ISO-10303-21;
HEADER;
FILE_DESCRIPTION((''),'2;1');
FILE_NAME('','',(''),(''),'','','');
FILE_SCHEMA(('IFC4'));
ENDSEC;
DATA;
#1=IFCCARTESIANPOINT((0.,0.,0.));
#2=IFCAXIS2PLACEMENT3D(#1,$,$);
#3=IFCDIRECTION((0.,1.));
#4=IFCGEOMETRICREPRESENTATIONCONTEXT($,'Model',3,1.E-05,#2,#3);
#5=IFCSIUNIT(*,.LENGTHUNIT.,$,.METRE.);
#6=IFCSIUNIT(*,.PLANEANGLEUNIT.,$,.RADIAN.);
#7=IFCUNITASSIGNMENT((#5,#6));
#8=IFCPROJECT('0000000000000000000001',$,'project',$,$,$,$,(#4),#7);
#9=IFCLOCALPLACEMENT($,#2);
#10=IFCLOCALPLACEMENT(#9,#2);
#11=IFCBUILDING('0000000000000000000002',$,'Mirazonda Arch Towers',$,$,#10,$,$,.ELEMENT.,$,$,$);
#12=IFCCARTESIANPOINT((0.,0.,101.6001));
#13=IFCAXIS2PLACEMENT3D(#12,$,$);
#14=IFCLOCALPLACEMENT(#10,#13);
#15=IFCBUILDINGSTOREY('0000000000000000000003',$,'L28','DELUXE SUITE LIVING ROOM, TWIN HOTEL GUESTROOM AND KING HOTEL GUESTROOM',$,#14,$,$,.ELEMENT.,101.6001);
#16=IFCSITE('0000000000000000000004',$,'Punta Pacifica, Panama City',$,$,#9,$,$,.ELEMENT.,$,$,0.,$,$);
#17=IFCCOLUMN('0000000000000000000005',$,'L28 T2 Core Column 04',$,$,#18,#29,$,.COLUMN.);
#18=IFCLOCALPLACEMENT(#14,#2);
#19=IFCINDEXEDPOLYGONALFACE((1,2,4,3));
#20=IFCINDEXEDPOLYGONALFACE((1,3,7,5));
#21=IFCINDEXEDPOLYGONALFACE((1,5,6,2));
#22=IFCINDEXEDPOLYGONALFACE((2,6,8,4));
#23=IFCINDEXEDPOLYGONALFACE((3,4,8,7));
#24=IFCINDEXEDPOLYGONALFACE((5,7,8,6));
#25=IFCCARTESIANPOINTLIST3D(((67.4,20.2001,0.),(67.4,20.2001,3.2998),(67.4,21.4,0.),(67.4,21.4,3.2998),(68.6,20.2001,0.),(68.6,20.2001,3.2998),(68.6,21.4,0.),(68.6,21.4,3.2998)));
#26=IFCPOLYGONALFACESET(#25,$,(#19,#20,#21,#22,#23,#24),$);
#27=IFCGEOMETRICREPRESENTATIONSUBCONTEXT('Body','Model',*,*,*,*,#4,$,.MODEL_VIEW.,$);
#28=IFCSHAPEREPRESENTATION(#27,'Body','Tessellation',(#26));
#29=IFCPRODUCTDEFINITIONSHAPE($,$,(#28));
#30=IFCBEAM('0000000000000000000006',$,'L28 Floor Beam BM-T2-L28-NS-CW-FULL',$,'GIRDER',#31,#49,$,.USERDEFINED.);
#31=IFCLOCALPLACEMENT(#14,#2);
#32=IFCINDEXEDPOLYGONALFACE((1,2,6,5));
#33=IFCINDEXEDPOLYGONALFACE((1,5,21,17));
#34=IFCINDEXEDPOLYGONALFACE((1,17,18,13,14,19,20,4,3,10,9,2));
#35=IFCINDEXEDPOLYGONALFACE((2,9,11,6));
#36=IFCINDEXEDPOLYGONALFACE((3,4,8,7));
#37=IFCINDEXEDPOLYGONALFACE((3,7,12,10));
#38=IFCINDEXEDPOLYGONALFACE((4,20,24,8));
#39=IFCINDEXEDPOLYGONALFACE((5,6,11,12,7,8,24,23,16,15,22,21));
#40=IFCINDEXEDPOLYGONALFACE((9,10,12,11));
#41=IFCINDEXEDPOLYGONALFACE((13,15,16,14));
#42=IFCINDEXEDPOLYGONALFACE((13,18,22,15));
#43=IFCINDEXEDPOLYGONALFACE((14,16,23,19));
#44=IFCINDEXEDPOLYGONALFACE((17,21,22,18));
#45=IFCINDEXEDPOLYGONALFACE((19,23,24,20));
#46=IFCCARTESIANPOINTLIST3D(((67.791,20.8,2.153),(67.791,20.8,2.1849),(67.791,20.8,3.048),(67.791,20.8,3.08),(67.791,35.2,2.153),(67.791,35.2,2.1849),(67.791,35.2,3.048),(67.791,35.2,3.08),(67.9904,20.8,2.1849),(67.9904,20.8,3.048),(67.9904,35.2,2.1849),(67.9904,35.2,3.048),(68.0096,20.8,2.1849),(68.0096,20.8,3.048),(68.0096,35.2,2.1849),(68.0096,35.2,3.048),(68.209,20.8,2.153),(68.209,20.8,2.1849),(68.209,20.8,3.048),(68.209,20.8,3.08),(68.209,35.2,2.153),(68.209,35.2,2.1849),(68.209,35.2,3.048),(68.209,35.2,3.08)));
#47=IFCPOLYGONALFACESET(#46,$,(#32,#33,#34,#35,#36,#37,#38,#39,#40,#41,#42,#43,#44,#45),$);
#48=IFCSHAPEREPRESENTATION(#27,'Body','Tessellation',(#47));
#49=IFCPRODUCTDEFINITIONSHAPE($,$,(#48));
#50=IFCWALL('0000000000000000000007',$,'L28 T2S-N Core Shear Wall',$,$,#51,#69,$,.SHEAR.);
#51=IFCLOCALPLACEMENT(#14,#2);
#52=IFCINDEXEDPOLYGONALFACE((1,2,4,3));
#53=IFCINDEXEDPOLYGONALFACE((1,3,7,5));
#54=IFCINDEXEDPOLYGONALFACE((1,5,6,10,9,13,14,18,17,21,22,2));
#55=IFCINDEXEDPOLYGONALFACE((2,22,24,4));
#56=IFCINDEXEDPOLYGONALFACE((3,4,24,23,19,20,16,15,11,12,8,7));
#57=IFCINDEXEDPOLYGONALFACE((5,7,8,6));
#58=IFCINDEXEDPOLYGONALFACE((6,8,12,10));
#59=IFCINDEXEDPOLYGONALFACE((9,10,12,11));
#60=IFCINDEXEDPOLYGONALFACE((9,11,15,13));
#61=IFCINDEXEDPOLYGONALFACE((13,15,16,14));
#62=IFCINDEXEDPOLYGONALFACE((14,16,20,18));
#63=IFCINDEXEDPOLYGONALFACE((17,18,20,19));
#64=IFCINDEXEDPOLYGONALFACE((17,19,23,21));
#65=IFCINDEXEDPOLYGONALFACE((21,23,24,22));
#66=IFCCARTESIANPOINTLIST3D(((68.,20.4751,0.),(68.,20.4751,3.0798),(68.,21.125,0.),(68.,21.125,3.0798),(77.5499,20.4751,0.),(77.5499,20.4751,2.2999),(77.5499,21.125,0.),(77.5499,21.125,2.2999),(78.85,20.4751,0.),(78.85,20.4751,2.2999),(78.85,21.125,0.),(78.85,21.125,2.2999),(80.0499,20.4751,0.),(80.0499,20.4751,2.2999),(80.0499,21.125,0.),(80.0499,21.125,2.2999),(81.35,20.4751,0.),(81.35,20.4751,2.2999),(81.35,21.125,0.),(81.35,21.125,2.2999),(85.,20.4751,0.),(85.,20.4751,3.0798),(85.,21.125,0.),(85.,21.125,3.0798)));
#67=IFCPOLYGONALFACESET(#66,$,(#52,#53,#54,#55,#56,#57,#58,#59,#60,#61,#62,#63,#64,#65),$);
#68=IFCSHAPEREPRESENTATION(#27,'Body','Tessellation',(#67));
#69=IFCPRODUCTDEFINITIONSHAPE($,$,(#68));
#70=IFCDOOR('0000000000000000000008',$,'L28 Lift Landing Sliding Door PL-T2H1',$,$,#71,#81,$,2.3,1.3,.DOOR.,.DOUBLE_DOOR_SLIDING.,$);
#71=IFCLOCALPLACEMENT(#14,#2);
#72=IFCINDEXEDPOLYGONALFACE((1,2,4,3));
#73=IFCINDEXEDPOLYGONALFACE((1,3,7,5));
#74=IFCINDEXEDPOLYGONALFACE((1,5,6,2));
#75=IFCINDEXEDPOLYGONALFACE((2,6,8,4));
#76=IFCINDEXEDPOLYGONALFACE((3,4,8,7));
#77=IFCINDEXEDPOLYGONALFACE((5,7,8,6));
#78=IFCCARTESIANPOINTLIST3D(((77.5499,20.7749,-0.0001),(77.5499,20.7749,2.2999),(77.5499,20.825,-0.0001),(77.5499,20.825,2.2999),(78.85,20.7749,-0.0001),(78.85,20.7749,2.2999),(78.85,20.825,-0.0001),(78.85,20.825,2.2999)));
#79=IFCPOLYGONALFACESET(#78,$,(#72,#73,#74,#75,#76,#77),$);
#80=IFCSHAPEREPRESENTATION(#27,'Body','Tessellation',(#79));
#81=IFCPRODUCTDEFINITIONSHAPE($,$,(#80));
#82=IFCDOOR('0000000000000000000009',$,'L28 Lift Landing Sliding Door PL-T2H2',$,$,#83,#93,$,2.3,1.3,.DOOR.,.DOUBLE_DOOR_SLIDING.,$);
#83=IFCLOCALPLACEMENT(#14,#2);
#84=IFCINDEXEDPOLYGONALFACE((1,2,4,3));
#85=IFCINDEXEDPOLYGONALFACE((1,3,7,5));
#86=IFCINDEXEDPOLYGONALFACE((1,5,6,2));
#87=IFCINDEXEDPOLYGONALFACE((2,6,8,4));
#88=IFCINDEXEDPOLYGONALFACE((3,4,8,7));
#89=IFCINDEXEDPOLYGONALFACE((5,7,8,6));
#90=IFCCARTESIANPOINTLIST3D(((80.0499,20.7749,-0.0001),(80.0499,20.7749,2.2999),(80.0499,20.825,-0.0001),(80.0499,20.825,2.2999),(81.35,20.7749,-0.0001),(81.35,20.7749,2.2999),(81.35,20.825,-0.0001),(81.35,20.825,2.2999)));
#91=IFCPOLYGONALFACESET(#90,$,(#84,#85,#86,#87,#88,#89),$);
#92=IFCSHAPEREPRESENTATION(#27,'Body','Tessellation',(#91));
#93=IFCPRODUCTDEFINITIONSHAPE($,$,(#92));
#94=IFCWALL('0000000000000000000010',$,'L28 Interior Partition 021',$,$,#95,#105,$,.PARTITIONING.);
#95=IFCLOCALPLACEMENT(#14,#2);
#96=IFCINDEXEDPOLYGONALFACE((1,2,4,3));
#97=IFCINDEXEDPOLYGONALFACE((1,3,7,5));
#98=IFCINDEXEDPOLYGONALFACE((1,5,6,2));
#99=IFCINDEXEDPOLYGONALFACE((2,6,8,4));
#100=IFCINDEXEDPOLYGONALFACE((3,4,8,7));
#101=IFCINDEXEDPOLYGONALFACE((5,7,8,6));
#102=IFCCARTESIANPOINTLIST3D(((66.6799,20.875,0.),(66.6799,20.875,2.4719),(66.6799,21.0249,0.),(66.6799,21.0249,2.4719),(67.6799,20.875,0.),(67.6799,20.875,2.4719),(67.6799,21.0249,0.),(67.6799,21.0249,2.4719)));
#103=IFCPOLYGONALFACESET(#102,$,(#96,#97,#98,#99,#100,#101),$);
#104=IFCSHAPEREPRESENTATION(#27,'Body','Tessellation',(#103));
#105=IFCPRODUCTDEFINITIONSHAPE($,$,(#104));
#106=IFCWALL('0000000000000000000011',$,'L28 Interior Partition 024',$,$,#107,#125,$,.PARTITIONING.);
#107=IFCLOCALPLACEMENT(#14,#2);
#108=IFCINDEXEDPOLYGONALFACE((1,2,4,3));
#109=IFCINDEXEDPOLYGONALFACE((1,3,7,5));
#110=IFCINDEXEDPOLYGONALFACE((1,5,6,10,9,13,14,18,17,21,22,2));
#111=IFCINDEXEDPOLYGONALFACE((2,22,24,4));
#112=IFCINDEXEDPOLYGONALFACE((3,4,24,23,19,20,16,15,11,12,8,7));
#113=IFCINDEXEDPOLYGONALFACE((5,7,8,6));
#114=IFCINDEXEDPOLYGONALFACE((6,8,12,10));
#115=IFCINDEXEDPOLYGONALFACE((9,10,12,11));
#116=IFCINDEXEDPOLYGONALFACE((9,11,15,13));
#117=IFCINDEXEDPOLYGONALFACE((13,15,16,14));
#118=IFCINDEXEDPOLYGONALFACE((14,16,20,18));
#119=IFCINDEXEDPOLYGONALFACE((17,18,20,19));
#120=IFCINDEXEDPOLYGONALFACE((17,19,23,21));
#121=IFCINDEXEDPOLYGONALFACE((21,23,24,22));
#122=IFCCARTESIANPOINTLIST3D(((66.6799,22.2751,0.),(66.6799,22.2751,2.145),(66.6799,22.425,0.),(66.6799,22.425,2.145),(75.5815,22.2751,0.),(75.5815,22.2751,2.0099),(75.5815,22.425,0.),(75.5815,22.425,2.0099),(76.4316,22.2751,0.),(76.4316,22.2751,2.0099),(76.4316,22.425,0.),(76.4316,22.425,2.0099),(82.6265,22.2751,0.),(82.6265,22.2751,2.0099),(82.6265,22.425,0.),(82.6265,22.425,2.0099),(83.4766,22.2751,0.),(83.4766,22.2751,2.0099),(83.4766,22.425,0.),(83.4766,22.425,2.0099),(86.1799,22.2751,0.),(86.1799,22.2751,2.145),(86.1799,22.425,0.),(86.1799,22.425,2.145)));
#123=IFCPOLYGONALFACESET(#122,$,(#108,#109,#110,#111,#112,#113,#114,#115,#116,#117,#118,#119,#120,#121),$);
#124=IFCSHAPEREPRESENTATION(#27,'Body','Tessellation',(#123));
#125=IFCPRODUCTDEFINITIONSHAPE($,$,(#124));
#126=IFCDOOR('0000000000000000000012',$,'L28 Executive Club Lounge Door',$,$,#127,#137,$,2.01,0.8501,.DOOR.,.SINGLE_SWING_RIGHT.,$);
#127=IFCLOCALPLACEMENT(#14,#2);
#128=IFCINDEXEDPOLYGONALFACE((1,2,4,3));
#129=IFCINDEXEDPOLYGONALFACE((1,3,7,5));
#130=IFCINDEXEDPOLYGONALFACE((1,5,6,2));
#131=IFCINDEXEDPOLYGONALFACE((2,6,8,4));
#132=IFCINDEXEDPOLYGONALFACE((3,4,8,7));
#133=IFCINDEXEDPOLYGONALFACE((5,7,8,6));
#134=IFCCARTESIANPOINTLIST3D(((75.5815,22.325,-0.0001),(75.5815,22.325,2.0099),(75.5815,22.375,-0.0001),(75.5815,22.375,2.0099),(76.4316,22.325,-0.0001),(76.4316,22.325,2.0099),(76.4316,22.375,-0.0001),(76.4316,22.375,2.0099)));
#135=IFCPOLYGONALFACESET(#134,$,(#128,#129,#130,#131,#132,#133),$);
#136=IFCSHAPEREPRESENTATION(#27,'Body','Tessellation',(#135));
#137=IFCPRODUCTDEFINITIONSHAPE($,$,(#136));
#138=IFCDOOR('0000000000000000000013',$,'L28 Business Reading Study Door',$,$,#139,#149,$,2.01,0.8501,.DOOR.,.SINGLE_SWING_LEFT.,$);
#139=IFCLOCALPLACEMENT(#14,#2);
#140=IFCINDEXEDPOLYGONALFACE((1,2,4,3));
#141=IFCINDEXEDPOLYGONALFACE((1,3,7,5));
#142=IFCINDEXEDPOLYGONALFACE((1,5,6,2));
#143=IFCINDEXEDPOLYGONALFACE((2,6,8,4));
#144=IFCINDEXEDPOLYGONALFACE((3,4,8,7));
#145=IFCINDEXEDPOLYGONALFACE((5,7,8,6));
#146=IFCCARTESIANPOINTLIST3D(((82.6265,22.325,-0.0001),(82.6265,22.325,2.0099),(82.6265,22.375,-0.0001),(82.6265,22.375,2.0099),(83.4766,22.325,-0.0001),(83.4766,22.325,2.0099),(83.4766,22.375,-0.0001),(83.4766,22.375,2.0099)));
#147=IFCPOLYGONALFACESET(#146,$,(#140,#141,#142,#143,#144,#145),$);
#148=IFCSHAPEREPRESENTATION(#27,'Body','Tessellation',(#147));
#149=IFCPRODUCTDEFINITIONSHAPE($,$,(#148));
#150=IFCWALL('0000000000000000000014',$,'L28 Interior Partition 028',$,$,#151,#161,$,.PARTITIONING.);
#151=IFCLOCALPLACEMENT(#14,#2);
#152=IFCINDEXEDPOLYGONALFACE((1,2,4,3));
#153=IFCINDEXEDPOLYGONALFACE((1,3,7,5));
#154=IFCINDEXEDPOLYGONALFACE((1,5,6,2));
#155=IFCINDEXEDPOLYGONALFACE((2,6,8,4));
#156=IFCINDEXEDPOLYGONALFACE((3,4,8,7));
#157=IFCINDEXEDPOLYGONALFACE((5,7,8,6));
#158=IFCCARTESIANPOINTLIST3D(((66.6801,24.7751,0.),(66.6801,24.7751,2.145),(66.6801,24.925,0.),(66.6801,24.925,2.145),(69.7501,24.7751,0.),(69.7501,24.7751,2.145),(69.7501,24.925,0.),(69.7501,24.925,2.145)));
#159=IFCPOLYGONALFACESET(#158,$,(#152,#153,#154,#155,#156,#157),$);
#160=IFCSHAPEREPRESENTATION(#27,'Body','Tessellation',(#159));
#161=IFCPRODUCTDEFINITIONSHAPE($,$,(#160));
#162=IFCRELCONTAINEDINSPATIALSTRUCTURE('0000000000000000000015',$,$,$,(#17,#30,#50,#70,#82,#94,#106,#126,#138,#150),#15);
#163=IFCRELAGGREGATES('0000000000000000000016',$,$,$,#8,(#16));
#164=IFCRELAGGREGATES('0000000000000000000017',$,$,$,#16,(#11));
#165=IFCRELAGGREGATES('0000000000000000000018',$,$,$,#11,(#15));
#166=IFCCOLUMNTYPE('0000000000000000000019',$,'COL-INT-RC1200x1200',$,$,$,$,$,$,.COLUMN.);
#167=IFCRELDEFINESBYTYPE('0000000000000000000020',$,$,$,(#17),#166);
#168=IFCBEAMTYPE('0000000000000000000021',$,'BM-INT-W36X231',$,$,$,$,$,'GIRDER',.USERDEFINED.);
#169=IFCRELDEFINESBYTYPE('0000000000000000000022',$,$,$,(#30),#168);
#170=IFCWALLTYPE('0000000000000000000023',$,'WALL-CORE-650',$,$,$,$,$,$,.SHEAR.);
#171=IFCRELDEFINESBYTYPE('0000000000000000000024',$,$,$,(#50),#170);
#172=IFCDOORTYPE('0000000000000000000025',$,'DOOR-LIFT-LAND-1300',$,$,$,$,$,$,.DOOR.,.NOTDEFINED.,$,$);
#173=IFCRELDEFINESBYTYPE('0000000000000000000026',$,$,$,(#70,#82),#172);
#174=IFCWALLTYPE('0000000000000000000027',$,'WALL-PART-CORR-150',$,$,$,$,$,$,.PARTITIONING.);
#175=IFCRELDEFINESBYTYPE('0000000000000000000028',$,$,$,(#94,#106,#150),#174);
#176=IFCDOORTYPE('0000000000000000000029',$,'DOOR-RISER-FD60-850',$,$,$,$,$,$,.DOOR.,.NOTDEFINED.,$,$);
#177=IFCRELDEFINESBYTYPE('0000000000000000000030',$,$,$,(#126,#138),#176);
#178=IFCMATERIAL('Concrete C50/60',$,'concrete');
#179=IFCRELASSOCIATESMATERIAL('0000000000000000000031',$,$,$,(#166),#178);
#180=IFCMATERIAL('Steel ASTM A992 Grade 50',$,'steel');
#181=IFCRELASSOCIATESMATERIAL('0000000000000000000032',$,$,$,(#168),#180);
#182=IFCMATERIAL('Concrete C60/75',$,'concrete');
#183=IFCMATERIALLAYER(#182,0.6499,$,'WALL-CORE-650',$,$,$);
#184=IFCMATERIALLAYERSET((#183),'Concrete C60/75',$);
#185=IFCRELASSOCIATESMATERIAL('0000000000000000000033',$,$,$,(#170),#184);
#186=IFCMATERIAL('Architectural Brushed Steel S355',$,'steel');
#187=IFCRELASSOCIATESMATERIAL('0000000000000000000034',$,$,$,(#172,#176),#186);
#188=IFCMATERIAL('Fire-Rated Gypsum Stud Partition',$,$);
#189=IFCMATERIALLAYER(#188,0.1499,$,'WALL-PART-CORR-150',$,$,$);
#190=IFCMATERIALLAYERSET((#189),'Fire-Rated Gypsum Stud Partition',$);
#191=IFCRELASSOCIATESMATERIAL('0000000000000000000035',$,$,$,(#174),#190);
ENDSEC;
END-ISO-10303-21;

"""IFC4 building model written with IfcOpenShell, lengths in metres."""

from ifc_helpers import new_model, si_unit, direction, frame, frame_2d, origin, origin_2d, place, context, subcontext, project, spatial, rectangle, i_section, extrude, material, layer, layer_set, material_profile, profile_set, type_object, element, fill, save


model = new_model("IFC4")

# Units and contexts
model_context = context("Model", 3, precision=1e-05, world=origin(), true_north=direction((0.0, 1.0)))
body_context = subcontext(model_context, "Body", "Model", "MODEL_VIEW")
ifc_project = project(units=[si_unit("LENGTHUNIT", "METRE"), si_unit("PLANEANGLEUNIT", "RADIAN")], contexts=[model_context])

# Site, building, storey
site_placement = place(None, origin())
site = spatial("IfcSite", under=ifc_project, at=site_placement, Name="Punta Pacifica, Panama City", CompositionType="ELEMENT", RefElevation=0.0)
building_placement = place(site_placement, origin())
building = spatial("IfcBuilding", under=site, at=building_placement, Name="Mirazonda Arch Towers", CompositionType="ELEMENT")
storey_placement = place(building_placement, frame((0.0, 0.0, 101.6001)))
storey = spatial("IfcBuildingStorey", under=building, at=storey_placement, Name="L28", Description="DELUXE SUITE LIVING ROOM, TWIN HOTEL GUESTROOM AND KING HOTEL GUESTROOM", CompositionType="ELEMENT", Elevation=101.6001)

# Column
ifc_material_1 = material(Name="Concrete C50/60", Category="concrete")
ifc_material_profile_1 = material_profile(ifc_material_1, rectangle(XDim=1.2, YDim=1.2, at=origin_2d()), Name="RC1200x1200")
ifc_profile_set_1 = profile_set([ifc_material_profile_1], Name="Concrete C50/60")
column_type = type_object("IfcColumnType", Name="COL-INT-RC1200x1200", PredefinedType="COLUMN", material=ifc_profile_set_1)
column_placement = place(storey_placement, frame((68.0, 20.8, 0.0), z_axis=(0.0, 0.0, 1.0), x_axis=(1.0, 0.0, 0.0)))
element("IfcColumn", 1, at=column_placement, inside=storey, type_object=column_type, Name="L28 T2 Core Column 04", PredefinedType="COLUMN", context=body_context, shape_type="SweptSolid", body=[
    extrude(rectangle(XDim=1.2, YDim=1.2, at=origin_2d()), origin(), (0.0, 0.0, 1.0), 3.2998),
])

# Beam
ifc_material_2 = material(Name="Steel ASTM A992 Grade 50", Category="steel")
ifc_material_profile_2 = material_profile(ifc_material_2, i_section(OverallWidth=0.418, OverallDepth=0.927, WebThickness=0.0193, FlangeThickness=0.032, at=origin_2d()), Name="W36X231")
ifc_profile_set_2 = profile_set([ifc_material_profile_2], Name="Steel ASTM A992 Grade 50")
beam_type = type_object("IfcBeamType", Name="BM-INT-W36X231", ElementType="GIRDER", PredefinedType="USERDEFINED", material=ifc_profile_set_2)
beam_placement = place(storey_placement, frame((68.0, 20.8, 2.6165), z_axis=(0.0, 1.0, 0.0), x_axis=(-1.0, 0.0, 0.0)))
element("IfcBeam", 2, at=beam_placement, inside=storey, type_object=beam_type, Name="L28 Floor Beam BM-T2-L28-NS-CW-FULL", ObjectType="GIRDER", PredefinedType="USERDEFINED", context=body_context, shape_type="SweptSolid", body=[
    extrude(i_section(OverallWidth=0.418, OverallDepth=0.927, WebThickness=0.0193, FlangeThickness=0.032, at=origin_2d()), origin(), (0.0, 0.0, 1.0), 14.3999),
])

# Wall, openings, doors
ifc_material_3 = material(Name="Concrete C60/75", Category="concrete")
ifc_layer_1 = layer(ifc_material_3, 0.6499, Name="WALL-CORE-650")
ifc_layer_set_1 = layer_set([ifc_layer_1], Name="Concrete C60/75")
wall_type_1 = type_object("IfcWallType", Name="WALL-CORE-650", PredefinedType="SHEAR", material=ifc_layer_set_1)
wall_1_placement = place(storey_placement, frame((68.0, 20.8, 0.0), z_axis=(0.0, 0.0, 1.0), x_axis=(1.0, 0.0, 0.0)))
wall_1 = element("IfcWall", 3, at=wall_1_placement, inside=storey, type_object=wall_type_1, Name="L28 T2S-N Core Shear Wall", PredefinedType="SHEAR", context=body_context, shape_type="SweptSolid", body=[
    extrude(rectangle(XDim=17.0, YDim=0.6499, at=frame_2d((8.5, 0.0))), origin(), (0.0, 0.0, 1.0), 3.0798),
])
opening_1_placement = place(wall_1_placement, frame((9.55, 0.0, 0.0)))
opening_1 = element("IfcOpeningElement", 4, at=opening_1_placement, cuts=wall_1, PredefinedType="OPENING", context=body_context, shape_type="SweptSolid", body=[
    extrude(rectangle(XDim=1.3, YDim=2.3, at=frame_2d((0.6499, 1.1499))), frame((0.0, 0.335, 0.0), z_axis=(0.0, -1.0, 0.0), x_axis=(1.0, 0.0, 0.0)), (0.0, 0.0, 1.0), 0.6699),
])
opening_2_placement = place(wall_1_placement, frame((12.05, 0.0, 0.0)))
opening_2 = element("IfcOpeningElement", 5, at=opening_2_placement, cuts=wall_1, PredefinedType="OPENING", context=body_context, shape_type="SweptSolid", body=[
    extrude(rectangle(XDim=1.3, YDim=2.3, at=frame_2d((0.6499, 1.1499))), frame((0.0, 0.335, 0.0), z_axis=(0.0, -1.0, 0.0), x_axis=(1.0, 0.0, 0.0)), (0.0, 0.0, 1.0), 0.6699),
])
ifc_material_4 = material(Name="Architectural Brushed Steel S355", Category="steel")
door_type_1 = type_object("IfcDoorType", Name="DOOR-LIFT-LAND-1300", OperationType="NOTDEFINED", PredefinedType="DOOR", material=ifc_material_4)
door_1_placement = place(opening_1_placement, origin())
door_1 = element("IfcDoor", 6, at=door_1_placement, inside=storey, type_object=door_type_1, Name="L28 Lift Landing Sliding Door PL-T2H1", OperationType="DOUBLE_DOOR_SLIDING", OverallHeight=2.3, OverallWidth=1.3, PredefinedType="DOOR", context=body_context, shape_type="SweptSolid", body=[
    extrude(rectangle(XDim=1.3, YDim=2.3, at=frame_2d((0.6499, 1.1499))), frame((0.0, 0.0249, 0.0), z_axis=(0.0, -1.0, 0.0), x_axis=(1.0, 0.0, 0.0)), (0.0, 0.0, 1.0), 0.05),
])
fill(opening_1, door_1)
door_2_placement = place(opening_2_placement, origin())
door_2 = element("IfcDoor", 7, at=door_2_placement, inside=storey, type_object=door_type_1, Name="L28 Lift Landing Sliding Door PL-T2H2", OperationType="DOUBLE_DOOR_SLIDING", OverallHeight=2.3, OverallWidth=1.3, PredefinedType="DOOR", context=body_context, shape_type="SweptSolid", body=[
    extrude(rectangle(XDim=1.3, YDim=2.3, at=frame_2d((0.6499, 1.1499))), frame((0.0, 0.0249, 0.0), z_axis=(0.0, -1.0, 0.0), x_axis=(1.0, 0.0, 0.0)), (0.0, 0.0, 1.0), 0.05),
])
fill(opening_2, door_2)

# Wall
ifc_material_5 = material(Name="Fire-Rated Gypsum Stud Partition")
ifc_layer_2 = layer(ifc_material_5, 0.1499, Name="WALL-PART-CORR-150")
ifc_layer_set_2 = layer_set([ifc_layer_2], Name="Fire-Rated Gypsum Stud Partition")
wall_type_2 = type_object("IfcWallType", Name="WALL-PART-CORR-150", PredefinedType="PARTITIONING", material=ifc_layer_set_2)
wall_2_placement = place(storey_placement, frame((66.6799, 20.95, 0.0), z_axis=(0.0, 0.0, 1.0), x_axis=(1.0, 0.0, 0.0)))
element("IfcWall", 8, at=wall_2_placement, inside=storey, type_object=wall_type_2, Name="L28 Interior Partition 021", PredefinedType="PARTITIONING", context=body_context, shape_type="SweptSolid", body=[
    extrude(rectangle(XDim=1.0, YDim=0.1499, at=frame_2d((0.5, 0.0))), origin(), (0.0, 0.0, 1.0), 2.4719),
])

# Wall, openings, doors
wall_3_placement = place(storey_placement, frame((66.6799, 22.3501, 0.0), z_axis=(0.0, 0.0, 1.0), x_axis=(1.0, 0.0, 0.0)))
wall_3 = element("IfcWall", 9, at=wall_3_placement, inside=storey, type_object=wall_type_2, Name="L28 Interior Partition 024", PredefinedType="PARTITIONING", context=body_context, shape_type="SweptSolid", body=[
    extrude(rectangle(XDim=19.5, YDim=0.1499, at=frame_2d((9.75, 0.0))), origin(), (0.0, 0.0, 1.0), 2.145),
])
opening_3_placement = place(wall_3_placement, frame((8.9016, 0.0, 0.0)))
opening_3 = element("IfcOpeningElement", 10, at=opening_3_placement, cuts=wall_3, PredefinedType="OPENING", context=body_context, shape_type="SweptSolid", body=[
    extrude(rectangle(XDim=0.8501, YDim=2.01, at=frame_2d((0.425, 1.0049))), frame((0.0, 0.085, 0.0), z_axis=(0.0, -1.0, 0.0), x_axis=(1.0, 0.0, 0.0)), (0.0, 0.0, 1.0), 0.1699),
])
opening_4_placement = place(wall_3_placement, frame((15.9465, 0.0, 0.0)))
opening_4 = element("IfcOpeningElement", 11, at=opening_4_placement, cuts=wall_3, PredefinedType="OPENING", context=body_context, shape_type="SweptSolid", body=[
    extrude(rectangle(XDim=0.8501, YDim=2.01, at=frame_2d((0.425, 1.0049))), frame((0.0, 0.085, 0.0), z_axis=(0.0, -1.0, 0.0), x_axis=(1.0, 0.0, 0.0)), (0.0, 0.0, 1.0), 0.1699),
])
door_type_2 = type_object("IfcDoorType", Name="DOOR-RISER-FD60-850", OperationType="NOTDEFINED", PredefinedType="DOOR", material=ifc_material_4)
door_3_placement = place(opening_3_placement, origin())
door_3 = element("IfcDoor", 12, at=door_3_placement, inside=storey, type_object=door_type_2, Name="L28 Executive Club Lounge Door", OperationType="SINGLE_SWING_RIGHT", OverallHeight=2.01, OverallWidth=0.8501, PredefinedType="DOOR", context=body_context, shape_type="SweptSolid", body=[
    extrude(rectangle(XDim=0.8501, YDim=2.01, at=frame_2d((0.425, 1.0049))), frame((0.0, 0.0249, 0.0), z_axis=(0.0, -1.0, 0.0), x_axis=(1.0, 0.0, 0.0)), (0.0, 0.0, 1.0), 0.05),
])
fill(opening_3, door_3)
door_4_placement = place(opening_4_placement, origin())
door_4 = element("IfcDoor", 13, at=door_4_placement, inside=storey, type_object=door_type_2, Name="L28 Business Reading Study Door", OperationType="SINGLE_SWING_LEFT", OverallHeight=2.01, OverallWidth=0.8501, PredefinedType="DOOR", context=body_context, shape_type="SweptSolid", body=[
    extrude(rectangle(XDim=0.8501, YDim=2.01, at=frame_2d((0.425, 1.0049))), frame((0.0, 0.0249, 0.0), z_axis=(0.0, -1.0, 0.0), x_axis=(1.0, 0.0, 0.0)), (0.0, 0.0, 1.0), 0.05),
])
fill(opening_4, door_4)

# Wall
wall_4_placement = place(storey_placement, frame((66.6799, 24.8501, 0.0), z_axis=(0.0, 0.0, 1.0), x_axis=(1.0, 0.0, 0.0)))
element("IfcWall", 14, at=wall_4_placement, inside=storey, type_object=wall_type_2, Name="L28 Interior Partition 028", PredefinedType="PARTITIONING", context=body_context, shape_type="SweptSolid", body=[
    extrude(rectangle(XDim=3.0701, YDim=0.1499, at=frame_2d((1.5352, 0.0))), origin(), (0.0, 0.0, 1.0), 2.145),
])

save(model, "model.ifc")
